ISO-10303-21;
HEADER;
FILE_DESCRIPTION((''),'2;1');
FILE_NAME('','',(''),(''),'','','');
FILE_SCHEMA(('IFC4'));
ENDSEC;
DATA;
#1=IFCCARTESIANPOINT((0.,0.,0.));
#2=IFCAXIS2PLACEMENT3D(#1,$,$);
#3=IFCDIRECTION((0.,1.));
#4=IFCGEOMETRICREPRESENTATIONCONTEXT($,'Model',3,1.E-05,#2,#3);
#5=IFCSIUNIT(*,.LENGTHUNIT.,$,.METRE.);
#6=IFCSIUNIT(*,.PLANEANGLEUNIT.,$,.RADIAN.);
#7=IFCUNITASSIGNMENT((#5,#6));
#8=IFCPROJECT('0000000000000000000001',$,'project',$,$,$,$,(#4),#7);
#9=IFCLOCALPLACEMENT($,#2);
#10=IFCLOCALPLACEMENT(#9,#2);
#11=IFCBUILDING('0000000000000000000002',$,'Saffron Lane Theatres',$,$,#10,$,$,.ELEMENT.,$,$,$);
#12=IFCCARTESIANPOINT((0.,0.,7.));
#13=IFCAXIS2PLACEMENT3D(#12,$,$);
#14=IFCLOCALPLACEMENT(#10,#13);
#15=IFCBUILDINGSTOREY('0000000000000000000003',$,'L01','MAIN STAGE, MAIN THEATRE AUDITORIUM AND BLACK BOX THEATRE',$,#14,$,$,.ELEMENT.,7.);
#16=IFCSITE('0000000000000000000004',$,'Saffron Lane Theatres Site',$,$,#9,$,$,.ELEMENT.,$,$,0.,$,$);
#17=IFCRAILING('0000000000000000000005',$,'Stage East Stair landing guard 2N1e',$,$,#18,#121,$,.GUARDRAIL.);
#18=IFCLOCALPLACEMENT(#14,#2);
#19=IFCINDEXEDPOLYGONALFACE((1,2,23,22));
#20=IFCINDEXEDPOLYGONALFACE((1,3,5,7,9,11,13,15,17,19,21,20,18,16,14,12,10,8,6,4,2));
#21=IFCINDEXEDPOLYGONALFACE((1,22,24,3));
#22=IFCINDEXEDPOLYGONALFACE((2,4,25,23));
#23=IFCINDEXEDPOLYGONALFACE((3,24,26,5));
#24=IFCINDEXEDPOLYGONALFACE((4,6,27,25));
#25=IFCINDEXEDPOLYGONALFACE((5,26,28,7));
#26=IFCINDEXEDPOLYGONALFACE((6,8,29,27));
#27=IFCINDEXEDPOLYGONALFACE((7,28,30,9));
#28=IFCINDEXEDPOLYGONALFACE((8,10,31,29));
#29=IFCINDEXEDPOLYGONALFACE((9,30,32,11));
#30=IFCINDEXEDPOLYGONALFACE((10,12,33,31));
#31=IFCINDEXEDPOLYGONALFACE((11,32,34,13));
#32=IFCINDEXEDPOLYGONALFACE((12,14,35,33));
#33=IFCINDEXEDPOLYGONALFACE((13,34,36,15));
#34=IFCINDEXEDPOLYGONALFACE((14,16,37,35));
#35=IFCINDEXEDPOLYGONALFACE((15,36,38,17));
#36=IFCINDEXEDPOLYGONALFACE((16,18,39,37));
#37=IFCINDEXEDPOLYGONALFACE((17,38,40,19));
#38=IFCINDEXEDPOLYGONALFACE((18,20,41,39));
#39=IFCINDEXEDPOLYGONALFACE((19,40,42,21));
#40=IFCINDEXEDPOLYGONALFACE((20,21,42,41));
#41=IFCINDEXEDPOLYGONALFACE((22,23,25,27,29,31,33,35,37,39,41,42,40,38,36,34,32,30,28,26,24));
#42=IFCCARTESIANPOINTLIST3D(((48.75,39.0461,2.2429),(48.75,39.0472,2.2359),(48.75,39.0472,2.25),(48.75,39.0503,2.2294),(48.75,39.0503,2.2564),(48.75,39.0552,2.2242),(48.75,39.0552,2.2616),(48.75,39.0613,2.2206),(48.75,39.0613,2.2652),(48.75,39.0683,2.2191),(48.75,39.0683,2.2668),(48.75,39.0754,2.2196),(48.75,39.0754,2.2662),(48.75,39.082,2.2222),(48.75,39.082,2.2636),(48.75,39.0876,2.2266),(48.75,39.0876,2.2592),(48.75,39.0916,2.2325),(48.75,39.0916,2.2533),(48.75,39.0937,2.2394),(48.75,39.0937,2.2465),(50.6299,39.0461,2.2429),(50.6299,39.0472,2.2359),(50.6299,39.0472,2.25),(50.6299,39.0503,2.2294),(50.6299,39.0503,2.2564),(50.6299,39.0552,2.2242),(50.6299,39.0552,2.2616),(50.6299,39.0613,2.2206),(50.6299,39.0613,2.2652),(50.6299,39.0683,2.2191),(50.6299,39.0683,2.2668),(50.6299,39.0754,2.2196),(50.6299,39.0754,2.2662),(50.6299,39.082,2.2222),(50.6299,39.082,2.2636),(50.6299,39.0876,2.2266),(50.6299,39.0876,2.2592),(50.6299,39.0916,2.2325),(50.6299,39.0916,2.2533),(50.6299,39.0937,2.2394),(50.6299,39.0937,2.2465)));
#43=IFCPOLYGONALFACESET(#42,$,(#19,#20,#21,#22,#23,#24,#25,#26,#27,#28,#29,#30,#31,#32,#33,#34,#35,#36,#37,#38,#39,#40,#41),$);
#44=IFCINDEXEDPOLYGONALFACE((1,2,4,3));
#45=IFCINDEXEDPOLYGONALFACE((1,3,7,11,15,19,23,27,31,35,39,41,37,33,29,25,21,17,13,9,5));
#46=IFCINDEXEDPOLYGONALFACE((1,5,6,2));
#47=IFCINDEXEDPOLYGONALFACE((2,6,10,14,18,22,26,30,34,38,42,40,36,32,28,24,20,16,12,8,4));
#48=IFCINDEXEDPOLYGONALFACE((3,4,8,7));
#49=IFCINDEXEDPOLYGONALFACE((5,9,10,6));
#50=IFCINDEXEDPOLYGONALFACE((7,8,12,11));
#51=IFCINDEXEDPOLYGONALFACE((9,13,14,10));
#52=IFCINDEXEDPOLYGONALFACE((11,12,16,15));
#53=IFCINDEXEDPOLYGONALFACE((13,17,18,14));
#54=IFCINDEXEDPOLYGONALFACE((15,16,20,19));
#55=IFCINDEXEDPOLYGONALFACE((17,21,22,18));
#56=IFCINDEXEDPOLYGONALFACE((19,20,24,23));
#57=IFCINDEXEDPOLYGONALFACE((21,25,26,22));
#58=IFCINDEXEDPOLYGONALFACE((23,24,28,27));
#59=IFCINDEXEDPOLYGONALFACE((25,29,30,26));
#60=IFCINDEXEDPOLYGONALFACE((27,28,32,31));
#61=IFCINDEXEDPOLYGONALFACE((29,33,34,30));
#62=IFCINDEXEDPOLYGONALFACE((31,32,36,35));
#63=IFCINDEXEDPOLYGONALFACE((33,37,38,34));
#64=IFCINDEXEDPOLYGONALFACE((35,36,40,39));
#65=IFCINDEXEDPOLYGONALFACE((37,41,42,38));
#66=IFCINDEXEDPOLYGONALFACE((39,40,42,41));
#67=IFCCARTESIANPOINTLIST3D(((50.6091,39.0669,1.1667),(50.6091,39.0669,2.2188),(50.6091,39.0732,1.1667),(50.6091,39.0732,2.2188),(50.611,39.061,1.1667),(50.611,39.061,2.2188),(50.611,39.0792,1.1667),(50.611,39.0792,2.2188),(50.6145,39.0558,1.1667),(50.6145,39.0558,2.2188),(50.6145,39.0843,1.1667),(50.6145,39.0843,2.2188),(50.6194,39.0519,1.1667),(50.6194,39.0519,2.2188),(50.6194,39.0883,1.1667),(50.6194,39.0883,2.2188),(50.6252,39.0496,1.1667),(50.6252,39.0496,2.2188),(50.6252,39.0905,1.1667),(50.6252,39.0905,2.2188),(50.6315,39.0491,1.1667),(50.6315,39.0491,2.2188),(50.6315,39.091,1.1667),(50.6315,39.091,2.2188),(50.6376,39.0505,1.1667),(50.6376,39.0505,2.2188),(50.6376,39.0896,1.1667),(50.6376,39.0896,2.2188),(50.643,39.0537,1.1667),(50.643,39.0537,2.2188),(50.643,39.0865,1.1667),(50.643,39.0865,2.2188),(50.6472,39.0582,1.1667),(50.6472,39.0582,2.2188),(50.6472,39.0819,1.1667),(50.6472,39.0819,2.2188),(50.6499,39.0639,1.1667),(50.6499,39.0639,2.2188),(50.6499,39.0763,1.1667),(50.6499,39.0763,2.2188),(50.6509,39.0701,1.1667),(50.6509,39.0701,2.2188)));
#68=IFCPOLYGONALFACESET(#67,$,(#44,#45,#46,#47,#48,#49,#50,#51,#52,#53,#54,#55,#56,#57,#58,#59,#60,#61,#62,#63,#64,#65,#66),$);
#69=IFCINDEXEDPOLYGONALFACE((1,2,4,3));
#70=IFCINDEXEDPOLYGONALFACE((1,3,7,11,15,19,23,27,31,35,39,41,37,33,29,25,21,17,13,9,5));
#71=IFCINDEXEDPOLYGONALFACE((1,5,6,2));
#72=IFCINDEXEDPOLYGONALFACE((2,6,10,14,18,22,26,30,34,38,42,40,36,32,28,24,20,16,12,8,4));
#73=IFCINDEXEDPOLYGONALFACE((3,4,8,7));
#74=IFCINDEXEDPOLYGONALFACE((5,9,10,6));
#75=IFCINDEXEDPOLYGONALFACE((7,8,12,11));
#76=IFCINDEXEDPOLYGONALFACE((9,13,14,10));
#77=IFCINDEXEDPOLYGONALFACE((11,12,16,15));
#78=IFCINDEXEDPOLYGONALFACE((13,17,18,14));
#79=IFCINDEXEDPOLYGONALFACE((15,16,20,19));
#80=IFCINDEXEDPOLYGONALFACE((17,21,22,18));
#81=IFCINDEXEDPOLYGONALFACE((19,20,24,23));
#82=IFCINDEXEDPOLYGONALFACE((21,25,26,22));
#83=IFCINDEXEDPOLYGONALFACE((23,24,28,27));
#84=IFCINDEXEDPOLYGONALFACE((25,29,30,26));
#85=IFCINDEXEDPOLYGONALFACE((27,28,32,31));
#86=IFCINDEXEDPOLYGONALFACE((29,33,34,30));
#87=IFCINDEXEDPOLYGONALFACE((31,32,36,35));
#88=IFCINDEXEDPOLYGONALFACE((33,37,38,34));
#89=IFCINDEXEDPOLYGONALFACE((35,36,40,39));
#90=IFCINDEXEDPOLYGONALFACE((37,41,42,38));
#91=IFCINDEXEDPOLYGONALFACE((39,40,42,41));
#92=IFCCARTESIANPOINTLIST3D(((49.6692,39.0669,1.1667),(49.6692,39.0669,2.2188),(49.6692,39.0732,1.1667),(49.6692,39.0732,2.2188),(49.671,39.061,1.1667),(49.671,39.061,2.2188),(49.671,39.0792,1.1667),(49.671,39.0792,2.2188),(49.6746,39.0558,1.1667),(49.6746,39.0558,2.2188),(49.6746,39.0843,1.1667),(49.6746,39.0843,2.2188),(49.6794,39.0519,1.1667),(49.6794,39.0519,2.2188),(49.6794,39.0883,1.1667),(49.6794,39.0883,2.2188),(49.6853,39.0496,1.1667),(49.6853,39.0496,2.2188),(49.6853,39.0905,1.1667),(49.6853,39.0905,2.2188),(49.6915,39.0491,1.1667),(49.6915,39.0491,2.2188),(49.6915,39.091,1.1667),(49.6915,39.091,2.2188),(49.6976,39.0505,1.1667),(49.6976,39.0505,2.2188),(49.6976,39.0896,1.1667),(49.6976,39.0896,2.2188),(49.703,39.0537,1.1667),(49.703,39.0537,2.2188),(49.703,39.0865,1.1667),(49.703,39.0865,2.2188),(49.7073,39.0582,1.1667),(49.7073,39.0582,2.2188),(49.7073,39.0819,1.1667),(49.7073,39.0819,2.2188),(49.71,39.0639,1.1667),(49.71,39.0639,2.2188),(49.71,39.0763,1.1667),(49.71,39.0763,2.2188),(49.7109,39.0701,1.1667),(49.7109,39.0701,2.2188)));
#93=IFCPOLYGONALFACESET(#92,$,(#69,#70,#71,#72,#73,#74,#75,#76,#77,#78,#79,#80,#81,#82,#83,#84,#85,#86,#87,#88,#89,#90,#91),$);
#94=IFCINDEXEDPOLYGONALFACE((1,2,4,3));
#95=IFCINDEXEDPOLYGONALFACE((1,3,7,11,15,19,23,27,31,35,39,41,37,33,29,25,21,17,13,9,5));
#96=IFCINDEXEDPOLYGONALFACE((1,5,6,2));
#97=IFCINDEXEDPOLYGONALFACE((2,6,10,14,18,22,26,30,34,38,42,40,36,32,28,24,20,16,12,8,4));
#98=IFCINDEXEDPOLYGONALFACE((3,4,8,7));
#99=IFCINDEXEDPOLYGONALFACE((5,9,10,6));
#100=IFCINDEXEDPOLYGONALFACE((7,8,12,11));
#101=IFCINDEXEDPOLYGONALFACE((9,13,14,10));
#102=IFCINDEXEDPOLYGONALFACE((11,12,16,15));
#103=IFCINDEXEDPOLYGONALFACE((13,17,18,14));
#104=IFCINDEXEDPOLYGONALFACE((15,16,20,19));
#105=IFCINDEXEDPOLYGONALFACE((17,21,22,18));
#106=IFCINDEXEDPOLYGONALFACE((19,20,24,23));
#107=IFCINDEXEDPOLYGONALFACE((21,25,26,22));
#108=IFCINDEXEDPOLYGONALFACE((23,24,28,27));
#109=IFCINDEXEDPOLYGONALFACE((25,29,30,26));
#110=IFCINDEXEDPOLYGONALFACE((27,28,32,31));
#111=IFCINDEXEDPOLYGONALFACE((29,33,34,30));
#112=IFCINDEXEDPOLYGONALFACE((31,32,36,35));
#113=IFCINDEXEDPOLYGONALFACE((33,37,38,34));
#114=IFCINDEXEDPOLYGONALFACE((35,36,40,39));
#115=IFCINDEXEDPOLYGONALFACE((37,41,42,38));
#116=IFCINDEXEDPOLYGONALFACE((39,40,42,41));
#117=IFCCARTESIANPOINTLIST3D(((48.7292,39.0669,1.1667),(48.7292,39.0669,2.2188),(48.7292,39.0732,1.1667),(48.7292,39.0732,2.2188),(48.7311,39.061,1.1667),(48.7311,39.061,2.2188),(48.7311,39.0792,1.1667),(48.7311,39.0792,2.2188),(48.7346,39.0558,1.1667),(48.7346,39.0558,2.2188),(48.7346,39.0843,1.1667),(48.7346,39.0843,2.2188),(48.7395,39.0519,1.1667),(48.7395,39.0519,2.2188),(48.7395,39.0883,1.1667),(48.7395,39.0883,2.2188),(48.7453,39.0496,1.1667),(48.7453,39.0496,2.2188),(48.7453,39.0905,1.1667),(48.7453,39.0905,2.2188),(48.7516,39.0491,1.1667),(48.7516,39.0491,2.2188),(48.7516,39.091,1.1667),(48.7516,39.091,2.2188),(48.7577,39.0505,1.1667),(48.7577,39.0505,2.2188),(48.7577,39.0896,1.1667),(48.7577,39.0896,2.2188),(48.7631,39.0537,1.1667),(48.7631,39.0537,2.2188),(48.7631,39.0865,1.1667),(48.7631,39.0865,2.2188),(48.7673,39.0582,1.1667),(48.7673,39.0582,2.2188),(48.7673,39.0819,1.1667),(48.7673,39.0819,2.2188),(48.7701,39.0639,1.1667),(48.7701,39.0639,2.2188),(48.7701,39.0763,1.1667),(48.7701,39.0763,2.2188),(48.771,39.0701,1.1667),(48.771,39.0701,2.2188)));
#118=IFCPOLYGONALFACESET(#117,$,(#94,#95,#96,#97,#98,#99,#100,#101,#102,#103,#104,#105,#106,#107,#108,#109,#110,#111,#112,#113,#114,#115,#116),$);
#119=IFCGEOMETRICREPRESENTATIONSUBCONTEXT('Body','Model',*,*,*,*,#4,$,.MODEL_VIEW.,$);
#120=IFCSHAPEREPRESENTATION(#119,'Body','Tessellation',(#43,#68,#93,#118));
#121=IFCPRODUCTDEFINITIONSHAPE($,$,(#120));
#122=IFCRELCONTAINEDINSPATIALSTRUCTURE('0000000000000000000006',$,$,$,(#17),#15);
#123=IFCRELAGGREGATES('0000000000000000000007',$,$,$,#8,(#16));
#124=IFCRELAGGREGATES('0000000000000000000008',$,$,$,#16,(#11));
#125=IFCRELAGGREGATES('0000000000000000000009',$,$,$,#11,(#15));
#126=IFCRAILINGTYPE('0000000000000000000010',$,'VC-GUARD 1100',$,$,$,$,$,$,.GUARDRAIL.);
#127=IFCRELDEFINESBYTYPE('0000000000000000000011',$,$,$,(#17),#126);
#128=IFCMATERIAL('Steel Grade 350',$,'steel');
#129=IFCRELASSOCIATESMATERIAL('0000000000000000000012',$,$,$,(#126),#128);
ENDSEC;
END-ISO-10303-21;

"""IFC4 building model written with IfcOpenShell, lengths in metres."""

from ifc_helpers import new_model, si_unit, direction, frame, origin, origin_2d, place, context, subcontext, project, spatial, circle, extrude, material, type_object, element, save


model = new_model("IFC4")

# Units and contexts
model_context = context("Model", 3, precision=1e-05, world=origin(), true_north=direction((0.0, 1.0)))
body_context = subcontext(model_context, "Body", "Model", "MODEL_VIEW")
ifc_project = project(units=[si_unit("LENGTHUNIT", "METRE"), si_unit("PLANEANGLEUNIT", "RADIAN")], contexts=[model_context])

# Site, building, storey
site_placement = place(None, origin())
site = spatial("IfcSite", under=ifc_project, at=site_placement, Name="Saffron Lane Theatres Site", CompositionType="ELEMENT", RefElevation=0.0)
building_placement = place(site_placement, origin())
building = spatial("IfcBuilding", under=site, at=building_placement, Name="Saffron Lane Theatres", CompositionType="ELEMENT")
storey_placement = place(building_placement, frame((0.0, 0.0, 7.0)))
storey = spatial("IfcBuildingStorey", under=building, at=storey_placement, Name="L01", Description="MAIN STAGE, MAIN THEATRE AUDITORIUM AND BLACK BOX THEATRE", CompositionType="ELEMENT", Elevation=7.0)

# Railing
ifc_material_1 = material(Name="Steel Grade 350", Category="steel")
railing_type_1 = type_object("IfcRailingType", Name="VC-GUARD 1100", PredefinedType="GUARDRAIL", material=ifc_material_1)
railing_1_placement = place(storey_placement, frame((50.6299, 39.0701, 1.1667)))
element("IfcRailing", 1, at=railing_1_placement, inside=storey, type_object=railing_type_1, Name="Stage East Stair landing guard 2N1e", PredefinedType="GUARDRAIL", context=body_context, shape_type="SweptSolid", body=[
    extrude(circle(Radius=0.0239, at=origin_2d()), frame((0.0, 0.0, 1.0762), z_axis=(-1.0, 0.0, 0.0), x_axis=(0.0, -1.0, 0.0)), (0.0, 0.0, 1.0), 1.8799),
    extrude(circle(Radius=0.021, at=origin_2d()), origin(), (0.0, 0.0, 1.0), 1.052),
    extrude(circle(Radius=0.021, at=origin_2d()), frame((-0.9399, 0.0, 0.0)), (0.0, 0.0, 1.0), 1.052),
    extrude(circle(Radius=0.021, at=origin_2d()), frame((-1.8799, 0.0, 0.0)), (0.0, 0.0, 1.0), 1.052),
])

save(model, "model.ifc")
